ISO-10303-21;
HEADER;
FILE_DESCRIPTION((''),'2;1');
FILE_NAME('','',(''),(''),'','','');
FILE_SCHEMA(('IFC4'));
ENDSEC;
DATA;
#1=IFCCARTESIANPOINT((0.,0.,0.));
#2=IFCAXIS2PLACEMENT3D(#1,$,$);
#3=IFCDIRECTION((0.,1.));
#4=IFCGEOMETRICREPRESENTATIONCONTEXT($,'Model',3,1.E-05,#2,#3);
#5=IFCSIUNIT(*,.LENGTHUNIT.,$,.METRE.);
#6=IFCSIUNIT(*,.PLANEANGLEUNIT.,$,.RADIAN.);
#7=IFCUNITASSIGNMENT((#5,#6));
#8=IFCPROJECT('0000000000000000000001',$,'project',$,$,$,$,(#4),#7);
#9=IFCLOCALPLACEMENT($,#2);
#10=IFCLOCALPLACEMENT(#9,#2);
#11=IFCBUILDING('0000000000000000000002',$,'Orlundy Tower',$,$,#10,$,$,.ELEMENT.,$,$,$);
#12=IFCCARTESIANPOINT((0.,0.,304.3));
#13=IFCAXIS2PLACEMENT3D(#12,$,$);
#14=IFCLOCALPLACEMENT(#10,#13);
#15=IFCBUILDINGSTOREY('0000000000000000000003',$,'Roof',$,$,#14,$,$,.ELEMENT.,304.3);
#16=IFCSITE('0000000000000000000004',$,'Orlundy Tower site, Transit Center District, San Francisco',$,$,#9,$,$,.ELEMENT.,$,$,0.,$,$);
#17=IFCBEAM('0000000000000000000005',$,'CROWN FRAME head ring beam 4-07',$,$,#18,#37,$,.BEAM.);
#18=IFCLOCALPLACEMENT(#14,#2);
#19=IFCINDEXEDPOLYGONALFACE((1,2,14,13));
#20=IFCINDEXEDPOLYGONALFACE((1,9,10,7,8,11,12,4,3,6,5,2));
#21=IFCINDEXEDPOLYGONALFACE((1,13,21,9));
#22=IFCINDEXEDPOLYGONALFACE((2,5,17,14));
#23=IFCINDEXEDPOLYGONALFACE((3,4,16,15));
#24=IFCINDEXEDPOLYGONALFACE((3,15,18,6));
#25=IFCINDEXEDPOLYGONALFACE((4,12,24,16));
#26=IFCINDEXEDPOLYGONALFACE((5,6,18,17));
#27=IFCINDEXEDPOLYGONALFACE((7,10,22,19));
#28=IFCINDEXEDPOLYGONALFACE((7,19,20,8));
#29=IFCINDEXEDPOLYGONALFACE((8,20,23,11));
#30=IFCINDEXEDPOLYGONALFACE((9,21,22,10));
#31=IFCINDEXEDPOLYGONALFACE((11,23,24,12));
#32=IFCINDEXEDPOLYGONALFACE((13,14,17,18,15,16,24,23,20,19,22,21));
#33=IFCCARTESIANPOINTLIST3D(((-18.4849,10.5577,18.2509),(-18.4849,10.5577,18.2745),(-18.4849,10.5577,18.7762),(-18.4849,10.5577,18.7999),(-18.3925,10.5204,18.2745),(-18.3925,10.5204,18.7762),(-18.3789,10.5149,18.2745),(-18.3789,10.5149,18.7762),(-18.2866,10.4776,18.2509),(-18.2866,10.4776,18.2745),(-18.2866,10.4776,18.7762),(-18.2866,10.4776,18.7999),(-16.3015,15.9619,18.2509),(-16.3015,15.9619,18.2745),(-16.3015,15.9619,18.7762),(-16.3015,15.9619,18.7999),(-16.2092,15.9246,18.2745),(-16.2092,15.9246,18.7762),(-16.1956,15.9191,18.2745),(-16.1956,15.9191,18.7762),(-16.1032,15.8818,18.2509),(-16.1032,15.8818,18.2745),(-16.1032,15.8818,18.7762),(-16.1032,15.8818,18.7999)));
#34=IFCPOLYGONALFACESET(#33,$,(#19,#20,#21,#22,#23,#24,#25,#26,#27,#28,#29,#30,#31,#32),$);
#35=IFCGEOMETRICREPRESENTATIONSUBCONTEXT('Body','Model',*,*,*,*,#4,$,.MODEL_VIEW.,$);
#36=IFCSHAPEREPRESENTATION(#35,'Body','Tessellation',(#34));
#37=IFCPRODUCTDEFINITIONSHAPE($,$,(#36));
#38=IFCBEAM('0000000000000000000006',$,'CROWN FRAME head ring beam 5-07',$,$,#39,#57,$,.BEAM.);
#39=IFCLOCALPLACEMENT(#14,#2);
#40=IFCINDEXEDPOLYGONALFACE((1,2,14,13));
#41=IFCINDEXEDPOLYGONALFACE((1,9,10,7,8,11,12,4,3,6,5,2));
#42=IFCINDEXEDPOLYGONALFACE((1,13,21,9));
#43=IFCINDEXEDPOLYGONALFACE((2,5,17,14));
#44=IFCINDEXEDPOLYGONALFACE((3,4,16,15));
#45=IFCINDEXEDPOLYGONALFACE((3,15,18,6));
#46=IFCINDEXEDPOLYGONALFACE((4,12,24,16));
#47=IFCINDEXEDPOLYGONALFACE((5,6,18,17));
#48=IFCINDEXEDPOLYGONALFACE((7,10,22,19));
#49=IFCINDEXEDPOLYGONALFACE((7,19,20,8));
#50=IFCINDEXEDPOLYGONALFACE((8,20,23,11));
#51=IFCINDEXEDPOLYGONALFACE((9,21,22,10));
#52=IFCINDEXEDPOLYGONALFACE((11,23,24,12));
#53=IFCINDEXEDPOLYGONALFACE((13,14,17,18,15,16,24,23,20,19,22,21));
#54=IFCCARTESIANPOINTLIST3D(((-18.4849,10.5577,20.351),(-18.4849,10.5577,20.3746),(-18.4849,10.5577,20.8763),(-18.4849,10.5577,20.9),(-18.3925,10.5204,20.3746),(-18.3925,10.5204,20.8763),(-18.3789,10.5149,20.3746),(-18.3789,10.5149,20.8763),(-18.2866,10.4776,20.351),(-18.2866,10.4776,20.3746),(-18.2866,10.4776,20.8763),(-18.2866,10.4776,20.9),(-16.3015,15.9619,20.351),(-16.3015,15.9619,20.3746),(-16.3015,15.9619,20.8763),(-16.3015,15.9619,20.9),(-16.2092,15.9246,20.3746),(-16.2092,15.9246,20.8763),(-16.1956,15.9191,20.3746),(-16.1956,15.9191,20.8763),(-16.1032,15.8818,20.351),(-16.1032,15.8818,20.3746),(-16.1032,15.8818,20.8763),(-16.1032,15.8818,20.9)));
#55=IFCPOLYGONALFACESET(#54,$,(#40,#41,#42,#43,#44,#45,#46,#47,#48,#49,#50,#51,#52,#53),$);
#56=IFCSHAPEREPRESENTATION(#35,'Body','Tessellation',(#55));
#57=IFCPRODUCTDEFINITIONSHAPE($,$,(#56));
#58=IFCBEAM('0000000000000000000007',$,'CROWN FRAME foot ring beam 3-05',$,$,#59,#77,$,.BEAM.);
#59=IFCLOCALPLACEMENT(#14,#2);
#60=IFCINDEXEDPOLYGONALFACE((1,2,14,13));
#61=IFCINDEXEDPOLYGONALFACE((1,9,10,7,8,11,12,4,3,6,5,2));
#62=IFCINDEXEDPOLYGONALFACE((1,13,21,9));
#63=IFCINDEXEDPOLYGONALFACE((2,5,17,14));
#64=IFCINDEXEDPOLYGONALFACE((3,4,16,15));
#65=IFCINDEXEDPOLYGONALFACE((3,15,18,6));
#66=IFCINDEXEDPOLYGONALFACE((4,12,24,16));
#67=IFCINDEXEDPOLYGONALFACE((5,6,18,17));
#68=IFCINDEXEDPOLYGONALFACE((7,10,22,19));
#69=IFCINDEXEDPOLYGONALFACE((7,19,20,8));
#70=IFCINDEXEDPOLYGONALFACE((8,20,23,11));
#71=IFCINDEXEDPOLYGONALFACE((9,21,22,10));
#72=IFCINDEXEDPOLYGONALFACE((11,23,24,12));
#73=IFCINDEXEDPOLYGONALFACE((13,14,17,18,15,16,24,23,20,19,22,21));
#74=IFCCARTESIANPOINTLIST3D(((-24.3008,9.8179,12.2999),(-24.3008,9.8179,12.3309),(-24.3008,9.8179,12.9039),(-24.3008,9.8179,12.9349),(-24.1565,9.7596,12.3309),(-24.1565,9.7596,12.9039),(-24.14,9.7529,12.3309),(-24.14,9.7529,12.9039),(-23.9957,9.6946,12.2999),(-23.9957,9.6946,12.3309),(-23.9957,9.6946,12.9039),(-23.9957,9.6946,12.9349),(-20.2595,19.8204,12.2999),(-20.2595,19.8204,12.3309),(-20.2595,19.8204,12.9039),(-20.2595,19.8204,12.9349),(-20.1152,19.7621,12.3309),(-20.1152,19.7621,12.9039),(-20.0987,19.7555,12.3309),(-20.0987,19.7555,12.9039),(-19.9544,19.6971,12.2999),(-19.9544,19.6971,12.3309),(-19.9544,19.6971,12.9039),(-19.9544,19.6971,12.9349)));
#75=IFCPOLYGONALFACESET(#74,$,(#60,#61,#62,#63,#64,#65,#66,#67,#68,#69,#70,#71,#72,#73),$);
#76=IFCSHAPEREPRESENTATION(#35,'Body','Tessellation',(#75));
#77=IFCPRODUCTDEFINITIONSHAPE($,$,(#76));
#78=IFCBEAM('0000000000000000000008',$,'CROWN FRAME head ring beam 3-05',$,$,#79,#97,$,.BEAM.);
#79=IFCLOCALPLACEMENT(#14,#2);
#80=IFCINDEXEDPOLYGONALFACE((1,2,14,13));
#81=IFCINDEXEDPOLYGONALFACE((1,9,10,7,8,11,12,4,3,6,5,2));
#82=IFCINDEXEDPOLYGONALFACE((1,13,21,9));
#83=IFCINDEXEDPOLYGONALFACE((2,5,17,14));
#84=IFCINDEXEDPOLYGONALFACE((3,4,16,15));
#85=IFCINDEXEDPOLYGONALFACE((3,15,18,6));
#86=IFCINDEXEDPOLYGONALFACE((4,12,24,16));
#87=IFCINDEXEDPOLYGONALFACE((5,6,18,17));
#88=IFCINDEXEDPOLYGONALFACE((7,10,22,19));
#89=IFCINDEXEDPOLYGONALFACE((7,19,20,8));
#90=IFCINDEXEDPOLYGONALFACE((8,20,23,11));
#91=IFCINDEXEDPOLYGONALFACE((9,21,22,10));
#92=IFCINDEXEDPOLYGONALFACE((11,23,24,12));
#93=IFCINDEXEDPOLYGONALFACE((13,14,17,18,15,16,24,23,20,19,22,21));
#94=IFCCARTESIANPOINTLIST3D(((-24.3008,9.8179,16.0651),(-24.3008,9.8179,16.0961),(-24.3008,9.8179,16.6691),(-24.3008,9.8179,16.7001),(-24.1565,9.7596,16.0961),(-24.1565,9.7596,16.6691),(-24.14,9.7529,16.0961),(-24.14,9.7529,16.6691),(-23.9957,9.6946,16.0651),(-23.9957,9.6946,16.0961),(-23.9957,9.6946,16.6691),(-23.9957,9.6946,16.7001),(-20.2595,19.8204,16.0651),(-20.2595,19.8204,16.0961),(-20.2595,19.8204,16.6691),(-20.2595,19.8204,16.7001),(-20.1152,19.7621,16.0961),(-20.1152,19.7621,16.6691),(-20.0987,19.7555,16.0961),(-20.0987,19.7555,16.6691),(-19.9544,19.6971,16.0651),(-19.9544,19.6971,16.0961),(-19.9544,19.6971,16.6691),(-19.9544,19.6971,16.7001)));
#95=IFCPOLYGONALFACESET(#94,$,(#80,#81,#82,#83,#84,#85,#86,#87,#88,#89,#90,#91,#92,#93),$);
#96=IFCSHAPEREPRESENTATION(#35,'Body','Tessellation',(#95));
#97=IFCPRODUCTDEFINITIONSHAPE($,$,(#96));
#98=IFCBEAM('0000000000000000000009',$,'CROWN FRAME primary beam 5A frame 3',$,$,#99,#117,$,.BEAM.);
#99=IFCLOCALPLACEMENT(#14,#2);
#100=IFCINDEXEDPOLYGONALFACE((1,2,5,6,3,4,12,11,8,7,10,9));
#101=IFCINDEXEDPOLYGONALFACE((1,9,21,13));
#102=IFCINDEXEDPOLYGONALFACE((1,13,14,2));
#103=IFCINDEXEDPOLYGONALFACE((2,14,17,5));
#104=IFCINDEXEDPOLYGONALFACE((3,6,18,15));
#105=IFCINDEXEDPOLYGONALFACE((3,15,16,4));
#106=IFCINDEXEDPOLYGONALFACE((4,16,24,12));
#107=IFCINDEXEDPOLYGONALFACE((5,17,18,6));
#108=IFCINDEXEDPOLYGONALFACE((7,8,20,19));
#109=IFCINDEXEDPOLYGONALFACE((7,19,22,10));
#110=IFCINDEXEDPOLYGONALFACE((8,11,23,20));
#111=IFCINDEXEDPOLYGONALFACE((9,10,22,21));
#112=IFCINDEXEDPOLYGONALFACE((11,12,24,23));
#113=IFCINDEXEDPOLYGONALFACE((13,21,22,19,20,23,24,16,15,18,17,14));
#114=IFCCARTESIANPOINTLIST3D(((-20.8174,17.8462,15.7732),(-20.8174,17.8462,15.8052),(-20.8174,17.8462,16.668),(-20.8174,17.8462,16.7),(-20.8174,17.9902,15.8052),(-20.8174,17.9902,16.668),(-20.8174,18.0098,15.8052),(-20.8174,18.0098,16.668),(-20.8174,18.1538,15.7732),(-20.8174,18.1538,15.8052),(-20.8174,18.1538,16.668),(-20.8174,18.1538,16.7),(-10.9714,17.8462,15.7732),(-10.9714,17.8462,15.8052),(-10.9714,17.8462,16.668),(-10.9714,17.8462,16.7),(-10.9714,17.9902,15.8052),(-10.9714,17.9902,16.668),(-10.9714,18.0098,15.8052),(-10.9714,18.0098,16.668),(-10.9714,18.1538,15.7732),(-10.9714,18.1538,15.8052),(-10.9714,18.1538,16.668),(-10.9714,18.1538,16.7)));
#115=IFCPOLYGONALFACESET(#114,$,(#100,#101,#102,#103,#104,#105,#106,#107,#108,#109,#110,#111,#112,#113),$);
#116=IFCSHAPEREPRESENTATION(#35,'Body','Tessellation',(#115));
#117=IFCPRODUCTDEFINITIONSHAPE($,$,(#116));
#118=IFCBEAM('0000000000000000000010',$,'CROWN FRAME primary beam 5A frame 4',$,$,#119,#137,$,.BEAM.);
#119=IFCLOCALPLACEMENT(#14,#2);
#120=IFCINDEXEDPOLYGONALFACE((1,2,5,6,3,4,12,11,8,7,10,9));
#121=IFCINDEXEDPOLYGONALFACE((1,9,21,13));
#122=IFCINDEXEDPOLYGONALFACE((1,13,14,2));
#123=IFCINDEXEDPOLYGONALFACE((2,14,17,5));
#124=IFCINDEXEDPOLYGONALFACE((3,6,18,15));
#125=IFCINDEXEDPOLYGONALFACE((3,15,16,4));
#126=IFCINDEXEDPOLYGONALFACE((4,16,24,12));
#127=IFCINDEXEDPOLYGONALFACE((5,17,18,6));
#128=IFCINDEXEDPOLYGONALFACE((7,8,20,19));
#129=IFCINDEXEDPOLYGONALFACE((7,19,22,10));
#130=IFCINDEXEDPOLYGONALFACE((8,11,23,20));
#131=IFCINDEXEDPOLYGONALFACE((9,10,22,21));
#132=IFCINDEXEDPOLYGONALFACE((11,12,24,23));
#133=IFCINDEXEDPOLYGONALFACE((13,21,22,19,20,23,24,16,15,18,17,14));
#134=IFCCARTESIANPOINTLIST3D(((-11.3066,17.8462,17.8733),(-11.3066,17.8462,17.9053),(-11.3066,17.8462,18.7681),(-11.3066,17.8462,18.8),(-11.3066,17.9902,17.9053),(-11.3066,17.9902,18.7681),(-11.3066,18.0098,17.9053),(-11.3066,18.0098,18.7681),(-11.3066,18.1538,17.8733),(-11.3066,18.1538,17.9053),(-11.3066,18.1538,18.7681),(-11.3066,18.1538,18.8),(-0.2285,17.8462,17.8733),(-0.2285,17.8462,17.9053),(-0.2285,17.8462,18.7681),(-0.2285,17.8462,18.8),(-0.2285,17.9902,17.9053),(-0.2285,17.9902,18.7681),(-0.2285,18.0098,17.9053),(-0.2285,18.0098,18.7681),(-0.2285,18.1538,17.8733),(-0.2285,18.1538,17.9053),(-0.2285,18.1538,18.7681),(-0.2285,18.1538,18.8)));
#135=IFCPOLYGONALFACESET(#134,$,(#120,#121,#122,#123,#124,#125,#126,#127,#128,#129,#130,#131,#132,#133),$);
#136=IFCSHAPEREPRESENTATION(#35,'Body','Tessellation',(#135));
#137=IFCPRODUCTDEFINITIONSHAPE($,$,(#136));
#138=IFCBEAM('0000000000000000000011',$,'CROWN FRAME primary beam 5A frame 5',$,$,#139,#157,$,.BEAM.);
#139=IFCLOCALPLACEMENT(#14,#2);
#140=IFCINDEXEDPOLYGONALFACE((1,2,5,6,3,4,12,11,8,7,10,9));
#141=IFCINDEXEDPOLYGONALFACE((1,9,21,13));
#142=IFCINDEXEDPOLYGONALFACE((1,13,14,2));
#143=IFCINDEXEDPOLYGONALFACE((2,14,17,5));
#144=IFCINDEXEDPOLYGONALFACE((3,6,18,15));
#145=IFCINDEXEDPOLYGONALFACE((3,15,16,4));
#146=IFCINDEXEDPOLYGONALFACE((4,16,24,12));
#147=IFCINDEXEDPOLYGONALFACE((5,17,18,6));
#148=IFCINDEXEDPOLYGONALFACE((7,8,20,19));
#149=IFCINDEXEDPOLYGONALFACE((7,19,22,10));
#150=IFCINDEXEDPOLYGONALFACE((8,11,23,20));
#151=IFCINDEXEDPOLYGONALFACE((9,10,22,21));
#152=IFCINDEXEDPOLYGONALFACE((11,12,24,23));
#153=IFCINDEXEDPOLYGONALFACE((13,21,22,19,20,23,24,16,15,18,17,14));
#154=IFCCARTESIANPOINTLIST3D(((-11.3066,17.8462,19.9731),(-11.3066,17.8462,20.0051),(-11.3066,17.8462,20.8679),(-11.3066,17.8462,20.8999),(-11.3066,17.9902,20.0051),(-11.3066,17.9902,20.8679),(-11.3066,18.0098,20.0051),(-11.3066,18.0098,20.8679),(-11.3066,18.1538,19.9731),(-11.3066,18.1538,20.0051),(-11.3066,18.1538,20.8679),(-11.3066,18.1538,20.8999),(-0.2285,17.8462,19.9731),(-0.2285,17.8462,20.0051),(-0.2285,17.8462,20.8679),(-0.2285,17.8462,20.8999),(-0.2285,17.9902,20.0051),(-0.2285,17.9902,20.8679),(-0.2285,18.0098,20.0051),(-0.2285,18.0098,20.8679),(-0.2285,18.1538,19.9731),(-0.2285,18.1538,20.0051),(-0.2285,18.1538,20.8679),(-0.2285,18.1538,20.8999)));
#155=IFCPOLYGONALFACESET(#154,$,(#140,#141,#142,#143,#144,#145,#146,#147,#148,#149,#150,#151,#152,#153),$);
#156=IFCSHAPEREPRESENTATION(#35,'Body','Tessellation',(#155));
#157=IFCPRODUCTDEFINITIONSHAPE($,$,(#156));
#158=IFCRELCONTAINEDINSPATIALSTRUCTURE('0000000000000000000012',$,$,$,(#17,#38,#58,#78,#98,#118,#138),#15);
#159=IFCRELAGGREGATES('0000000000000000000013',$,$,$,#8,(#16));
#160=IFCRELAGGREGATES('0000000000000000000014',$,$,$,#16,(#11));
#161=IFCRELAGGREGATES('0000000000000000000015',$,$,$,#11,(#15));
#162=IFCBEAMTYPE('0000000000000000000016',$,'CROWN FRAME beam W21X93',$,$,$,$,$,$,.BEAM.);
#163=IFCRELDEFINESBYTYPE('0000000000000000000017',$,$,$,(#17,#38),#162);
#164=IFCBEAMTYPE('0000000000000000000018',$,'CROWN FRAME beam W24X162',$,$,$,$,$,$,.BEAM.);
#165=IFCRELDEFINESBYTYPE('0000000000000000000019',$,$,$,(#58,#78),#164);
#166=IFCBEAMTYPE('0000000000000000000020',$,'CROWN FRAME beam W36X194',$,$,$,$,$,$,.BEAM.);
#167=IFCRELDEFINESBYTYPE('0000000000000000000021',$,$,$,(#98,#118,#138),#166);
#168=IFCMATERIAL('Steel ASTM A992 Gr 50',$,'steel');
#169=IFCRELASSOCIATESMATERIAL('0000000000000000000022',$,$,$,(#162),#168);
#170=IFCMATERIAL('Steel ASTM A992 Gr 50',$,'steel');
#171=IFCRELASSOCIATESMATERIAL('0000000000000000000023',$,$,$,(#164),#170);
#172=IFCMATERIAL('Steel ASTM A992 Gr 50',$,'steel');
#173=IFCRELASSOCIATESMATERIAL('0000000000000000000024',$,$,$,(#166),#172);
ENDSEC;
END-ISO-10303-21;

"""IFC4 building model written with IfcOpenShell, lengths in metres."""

from ifc_helpers import new_model, si_unit, direction, frame, origin, origin_2d, place, context, subcontext, project, spatial, i_section, extrude, material, material_profile, profile_set, type_object, element, save


model = new_model("IFC4")

# Units and contexts
model_context = context("Model", 3, precision=1e-05, world=origin(), true_north=direction((0.0, 1.0)))
body_context = subcontext(model_context, "Body", "Model", "MODEL_VIEW")
ifc_project = project(units=[si_unit("LENGTHUNIT", "METRE"), si_unit("PLANEANGLEUNIT", "RADIAN")], contexts=[model_context])

# Site, building, storey
site_placement = place(None, origin())
site = spatial("IfcSite", under=ifc_project, at=site_placement, Name="Orlundy Tower site, Transit Center District, San Francisco", CompositionType="ELEMENT", RefElevation=0.0)
building_placement = place(site_placement, origin())
building = spatial("IfcBuilding", under=site, at=building_placement, Name="Orlundy Tower", CompositionType="ELEMENT")
storey_placement = place(building_placement, frame((0.0, 0.0, 304.3)))
storey = spatial("IfcBuildingStorey", under=building, at=storey_placement, Name="Roof", CompositionType="ELEMENT", Elevation=304.3)

# Beams
ifc_material_1 = material(Name="Steel ASTM A992 Gr 50", Category="steel")
ifc_material_profile_1 = material_profile(ifc_material_1, i_section(OverallWidth=0.2139, OverallDepth=0.5491, WebThickness=0.0146, FlangeThickness=0.0237, at=origin_2d()), Name="W21X93")
ifc_profile_set_1 = profile_set([ifc_material_profile_1], Name="Steel ASTM A992 Gr 50")
beam_type_1 = type_object("IfcBeamType", Name="CROWN FRAME beam W21X93", PredefinedType="BEAM", material=ifc_profile_set_1)
for number, where, z_axis, x_axis, name in (
    (1, (-16.2024, 15.9219, 18.5254), (-0.374588, -0.927191, 0.0), (0.927191, -0.374588, 0.0), "CROWN FRAME head ring beam 4-07"),
    (2, (-16.2024, 15.9219, 20.6255), (-0.374588, -0.927191, 0.0), (0.927191, -0.374588, 0.0), "CROWN FRAME head ring beam 5-07"),
):
    element("IfcBeam", number, at=place(storey_placement, frame(where, z_axis=z_axis, x_axis=x_axis)), inside=storey, type_object=beam_type_1, Name=name, PredefinedType="BEAM", context=body_context, shape_type="SweptSolid", body=[
        extrude(i_section(OverallWidth=0.2139, OverallDepth=0.5491, WebThickness=0.0146, FlangeThickness=0.0237, at=origin_2d()), origin(), (0.0, 0.0, 1.0), 5.8286),
    ])
ifc_material_2 = material(Name="Steel ASTM A992 Gr 50", Category="steel")
ifc_material_profile_2 = material_profile(ifc_material_2, i_section(OverallWidth=0.3291, OverallDepth=0.635, WebThickness=0.0178, FlangeThickness=0.031, at=origin_2d()), Name="W24X162")
ifc_profile_set_2 = profile_set([ifc_material_profile_2], Name="Steel ASTM A992 Gr 50")
beam_type_2 = type_object("IfcBeamType", Name="CROWN FRAME beam W24X162", PredefinedType="BEAM", material=ifc_profile_set_2)
for number, where, z_axis, x_axis, name in (
    (3, (-20.1069, 19.7588, 12.6174), (-0.374607, -0.927183, 0.0), (0.927183, -0.374607, 0.0), "CROWN FRAME foot ring beam 3-05"),
    (4, (-20.1069, 19.7588, 16.3826), (-0.374607, -0.927183, 0.0), (0.927183, -0.374607, 0.0), "CROWN FRAME head ring beam 3-05"),
):
    element("IfcBeam", number, at=place(storey_placement, frame(where, z_axis=z_axis, x_axis=x_axis)), inside=storey, type_object=beam_type_2, Name=name, PredefinedType="BEAM", context=body_context, shape_type="SweptSolid", body=[
        extrude(i_section(OverallWidth=0.3291, OverallDepth=0.635, WebThickness=0.0178, FlangeThickness=0.031, at=origin_2d()), origin(), (0.0, 0.0, 1.0), 10.7881),
    ])
ifc_material_3 = material(Name="Steel ASTM A992 Gr 50", Category="steel")
ifc_material_profile_3 = material_profile(ifc_material_3, i_section(OverallWidth=0.3076, OverallDepth=0.9268, WebThickness=0.0195, FlangeThickness=0.032, at=origin_2d()), Name="W36X194")
ifc_profile_set_3 = profile_set([ifc_material_profile_3], Name="Steel ASTM A992 Gr 50")
beam_type_3 = type_object("IfcBeamType", Name="CROWN FRAME beam W36X194", PredefinedType="BEAM", material=ifc_profile_set_3)
beam_placement = place(storey_placement, frame((-20.8174, 18.0, 16.2366), z_axis=(1.0, 0.0, 0.0), x_axis=(0.0, 1.0, 0.0)))
element("IfcBeam", 5, at=beam_placement, inside=storey, type_object=beam_type_3, Name="CROWN FRAME primary beam 5A frame 3", PredefinedType="BEAM", context=body_context, shape_type="SweptSolid", body=[
    extrude(i_section(OverallWidth=0.3076, OverallDepth=0.9268, WebThickness=0.0195, FlangeThickness=0.032, at=origin_2d()), origin(), (0.0, 0.0, 1.0), 9.8459),
])
for number, where, z_axis, x_axis, name in (
    (6, (-11.3066, 18.0, 18.3367), (1.0, 0.0, 0.0), (0.0, 1.0, 0.0), "CROWN FRAME primary beam 5A frame 4"),
    (7, (-11.3066, 18.0, 20.4365), (1.0, 0.0, 0.0), (0.0, 1.0, 0.0), "CROWN FRAME primary beam 5A frame 5"),
):
    element("IfcBeam", number, at=place(storey_placement, frame(where, z_axis=z_axis, x_axis=x_axis)), inside=storey, type_object=beam_type_3, Name=name, PredefinedType="BEAM", context=body_context, shape_type="SweptSolid", body=[
        extrude(i_section(OverallWidth=0.3076, OverallDepth=0.9268, WebThickness=0.0195, FlangeThickness=0.032, at=origin_2d()), origin(), (0.0, 0.0, 1.0), 11.0781),
    ])

save(model, "model.ifc")
